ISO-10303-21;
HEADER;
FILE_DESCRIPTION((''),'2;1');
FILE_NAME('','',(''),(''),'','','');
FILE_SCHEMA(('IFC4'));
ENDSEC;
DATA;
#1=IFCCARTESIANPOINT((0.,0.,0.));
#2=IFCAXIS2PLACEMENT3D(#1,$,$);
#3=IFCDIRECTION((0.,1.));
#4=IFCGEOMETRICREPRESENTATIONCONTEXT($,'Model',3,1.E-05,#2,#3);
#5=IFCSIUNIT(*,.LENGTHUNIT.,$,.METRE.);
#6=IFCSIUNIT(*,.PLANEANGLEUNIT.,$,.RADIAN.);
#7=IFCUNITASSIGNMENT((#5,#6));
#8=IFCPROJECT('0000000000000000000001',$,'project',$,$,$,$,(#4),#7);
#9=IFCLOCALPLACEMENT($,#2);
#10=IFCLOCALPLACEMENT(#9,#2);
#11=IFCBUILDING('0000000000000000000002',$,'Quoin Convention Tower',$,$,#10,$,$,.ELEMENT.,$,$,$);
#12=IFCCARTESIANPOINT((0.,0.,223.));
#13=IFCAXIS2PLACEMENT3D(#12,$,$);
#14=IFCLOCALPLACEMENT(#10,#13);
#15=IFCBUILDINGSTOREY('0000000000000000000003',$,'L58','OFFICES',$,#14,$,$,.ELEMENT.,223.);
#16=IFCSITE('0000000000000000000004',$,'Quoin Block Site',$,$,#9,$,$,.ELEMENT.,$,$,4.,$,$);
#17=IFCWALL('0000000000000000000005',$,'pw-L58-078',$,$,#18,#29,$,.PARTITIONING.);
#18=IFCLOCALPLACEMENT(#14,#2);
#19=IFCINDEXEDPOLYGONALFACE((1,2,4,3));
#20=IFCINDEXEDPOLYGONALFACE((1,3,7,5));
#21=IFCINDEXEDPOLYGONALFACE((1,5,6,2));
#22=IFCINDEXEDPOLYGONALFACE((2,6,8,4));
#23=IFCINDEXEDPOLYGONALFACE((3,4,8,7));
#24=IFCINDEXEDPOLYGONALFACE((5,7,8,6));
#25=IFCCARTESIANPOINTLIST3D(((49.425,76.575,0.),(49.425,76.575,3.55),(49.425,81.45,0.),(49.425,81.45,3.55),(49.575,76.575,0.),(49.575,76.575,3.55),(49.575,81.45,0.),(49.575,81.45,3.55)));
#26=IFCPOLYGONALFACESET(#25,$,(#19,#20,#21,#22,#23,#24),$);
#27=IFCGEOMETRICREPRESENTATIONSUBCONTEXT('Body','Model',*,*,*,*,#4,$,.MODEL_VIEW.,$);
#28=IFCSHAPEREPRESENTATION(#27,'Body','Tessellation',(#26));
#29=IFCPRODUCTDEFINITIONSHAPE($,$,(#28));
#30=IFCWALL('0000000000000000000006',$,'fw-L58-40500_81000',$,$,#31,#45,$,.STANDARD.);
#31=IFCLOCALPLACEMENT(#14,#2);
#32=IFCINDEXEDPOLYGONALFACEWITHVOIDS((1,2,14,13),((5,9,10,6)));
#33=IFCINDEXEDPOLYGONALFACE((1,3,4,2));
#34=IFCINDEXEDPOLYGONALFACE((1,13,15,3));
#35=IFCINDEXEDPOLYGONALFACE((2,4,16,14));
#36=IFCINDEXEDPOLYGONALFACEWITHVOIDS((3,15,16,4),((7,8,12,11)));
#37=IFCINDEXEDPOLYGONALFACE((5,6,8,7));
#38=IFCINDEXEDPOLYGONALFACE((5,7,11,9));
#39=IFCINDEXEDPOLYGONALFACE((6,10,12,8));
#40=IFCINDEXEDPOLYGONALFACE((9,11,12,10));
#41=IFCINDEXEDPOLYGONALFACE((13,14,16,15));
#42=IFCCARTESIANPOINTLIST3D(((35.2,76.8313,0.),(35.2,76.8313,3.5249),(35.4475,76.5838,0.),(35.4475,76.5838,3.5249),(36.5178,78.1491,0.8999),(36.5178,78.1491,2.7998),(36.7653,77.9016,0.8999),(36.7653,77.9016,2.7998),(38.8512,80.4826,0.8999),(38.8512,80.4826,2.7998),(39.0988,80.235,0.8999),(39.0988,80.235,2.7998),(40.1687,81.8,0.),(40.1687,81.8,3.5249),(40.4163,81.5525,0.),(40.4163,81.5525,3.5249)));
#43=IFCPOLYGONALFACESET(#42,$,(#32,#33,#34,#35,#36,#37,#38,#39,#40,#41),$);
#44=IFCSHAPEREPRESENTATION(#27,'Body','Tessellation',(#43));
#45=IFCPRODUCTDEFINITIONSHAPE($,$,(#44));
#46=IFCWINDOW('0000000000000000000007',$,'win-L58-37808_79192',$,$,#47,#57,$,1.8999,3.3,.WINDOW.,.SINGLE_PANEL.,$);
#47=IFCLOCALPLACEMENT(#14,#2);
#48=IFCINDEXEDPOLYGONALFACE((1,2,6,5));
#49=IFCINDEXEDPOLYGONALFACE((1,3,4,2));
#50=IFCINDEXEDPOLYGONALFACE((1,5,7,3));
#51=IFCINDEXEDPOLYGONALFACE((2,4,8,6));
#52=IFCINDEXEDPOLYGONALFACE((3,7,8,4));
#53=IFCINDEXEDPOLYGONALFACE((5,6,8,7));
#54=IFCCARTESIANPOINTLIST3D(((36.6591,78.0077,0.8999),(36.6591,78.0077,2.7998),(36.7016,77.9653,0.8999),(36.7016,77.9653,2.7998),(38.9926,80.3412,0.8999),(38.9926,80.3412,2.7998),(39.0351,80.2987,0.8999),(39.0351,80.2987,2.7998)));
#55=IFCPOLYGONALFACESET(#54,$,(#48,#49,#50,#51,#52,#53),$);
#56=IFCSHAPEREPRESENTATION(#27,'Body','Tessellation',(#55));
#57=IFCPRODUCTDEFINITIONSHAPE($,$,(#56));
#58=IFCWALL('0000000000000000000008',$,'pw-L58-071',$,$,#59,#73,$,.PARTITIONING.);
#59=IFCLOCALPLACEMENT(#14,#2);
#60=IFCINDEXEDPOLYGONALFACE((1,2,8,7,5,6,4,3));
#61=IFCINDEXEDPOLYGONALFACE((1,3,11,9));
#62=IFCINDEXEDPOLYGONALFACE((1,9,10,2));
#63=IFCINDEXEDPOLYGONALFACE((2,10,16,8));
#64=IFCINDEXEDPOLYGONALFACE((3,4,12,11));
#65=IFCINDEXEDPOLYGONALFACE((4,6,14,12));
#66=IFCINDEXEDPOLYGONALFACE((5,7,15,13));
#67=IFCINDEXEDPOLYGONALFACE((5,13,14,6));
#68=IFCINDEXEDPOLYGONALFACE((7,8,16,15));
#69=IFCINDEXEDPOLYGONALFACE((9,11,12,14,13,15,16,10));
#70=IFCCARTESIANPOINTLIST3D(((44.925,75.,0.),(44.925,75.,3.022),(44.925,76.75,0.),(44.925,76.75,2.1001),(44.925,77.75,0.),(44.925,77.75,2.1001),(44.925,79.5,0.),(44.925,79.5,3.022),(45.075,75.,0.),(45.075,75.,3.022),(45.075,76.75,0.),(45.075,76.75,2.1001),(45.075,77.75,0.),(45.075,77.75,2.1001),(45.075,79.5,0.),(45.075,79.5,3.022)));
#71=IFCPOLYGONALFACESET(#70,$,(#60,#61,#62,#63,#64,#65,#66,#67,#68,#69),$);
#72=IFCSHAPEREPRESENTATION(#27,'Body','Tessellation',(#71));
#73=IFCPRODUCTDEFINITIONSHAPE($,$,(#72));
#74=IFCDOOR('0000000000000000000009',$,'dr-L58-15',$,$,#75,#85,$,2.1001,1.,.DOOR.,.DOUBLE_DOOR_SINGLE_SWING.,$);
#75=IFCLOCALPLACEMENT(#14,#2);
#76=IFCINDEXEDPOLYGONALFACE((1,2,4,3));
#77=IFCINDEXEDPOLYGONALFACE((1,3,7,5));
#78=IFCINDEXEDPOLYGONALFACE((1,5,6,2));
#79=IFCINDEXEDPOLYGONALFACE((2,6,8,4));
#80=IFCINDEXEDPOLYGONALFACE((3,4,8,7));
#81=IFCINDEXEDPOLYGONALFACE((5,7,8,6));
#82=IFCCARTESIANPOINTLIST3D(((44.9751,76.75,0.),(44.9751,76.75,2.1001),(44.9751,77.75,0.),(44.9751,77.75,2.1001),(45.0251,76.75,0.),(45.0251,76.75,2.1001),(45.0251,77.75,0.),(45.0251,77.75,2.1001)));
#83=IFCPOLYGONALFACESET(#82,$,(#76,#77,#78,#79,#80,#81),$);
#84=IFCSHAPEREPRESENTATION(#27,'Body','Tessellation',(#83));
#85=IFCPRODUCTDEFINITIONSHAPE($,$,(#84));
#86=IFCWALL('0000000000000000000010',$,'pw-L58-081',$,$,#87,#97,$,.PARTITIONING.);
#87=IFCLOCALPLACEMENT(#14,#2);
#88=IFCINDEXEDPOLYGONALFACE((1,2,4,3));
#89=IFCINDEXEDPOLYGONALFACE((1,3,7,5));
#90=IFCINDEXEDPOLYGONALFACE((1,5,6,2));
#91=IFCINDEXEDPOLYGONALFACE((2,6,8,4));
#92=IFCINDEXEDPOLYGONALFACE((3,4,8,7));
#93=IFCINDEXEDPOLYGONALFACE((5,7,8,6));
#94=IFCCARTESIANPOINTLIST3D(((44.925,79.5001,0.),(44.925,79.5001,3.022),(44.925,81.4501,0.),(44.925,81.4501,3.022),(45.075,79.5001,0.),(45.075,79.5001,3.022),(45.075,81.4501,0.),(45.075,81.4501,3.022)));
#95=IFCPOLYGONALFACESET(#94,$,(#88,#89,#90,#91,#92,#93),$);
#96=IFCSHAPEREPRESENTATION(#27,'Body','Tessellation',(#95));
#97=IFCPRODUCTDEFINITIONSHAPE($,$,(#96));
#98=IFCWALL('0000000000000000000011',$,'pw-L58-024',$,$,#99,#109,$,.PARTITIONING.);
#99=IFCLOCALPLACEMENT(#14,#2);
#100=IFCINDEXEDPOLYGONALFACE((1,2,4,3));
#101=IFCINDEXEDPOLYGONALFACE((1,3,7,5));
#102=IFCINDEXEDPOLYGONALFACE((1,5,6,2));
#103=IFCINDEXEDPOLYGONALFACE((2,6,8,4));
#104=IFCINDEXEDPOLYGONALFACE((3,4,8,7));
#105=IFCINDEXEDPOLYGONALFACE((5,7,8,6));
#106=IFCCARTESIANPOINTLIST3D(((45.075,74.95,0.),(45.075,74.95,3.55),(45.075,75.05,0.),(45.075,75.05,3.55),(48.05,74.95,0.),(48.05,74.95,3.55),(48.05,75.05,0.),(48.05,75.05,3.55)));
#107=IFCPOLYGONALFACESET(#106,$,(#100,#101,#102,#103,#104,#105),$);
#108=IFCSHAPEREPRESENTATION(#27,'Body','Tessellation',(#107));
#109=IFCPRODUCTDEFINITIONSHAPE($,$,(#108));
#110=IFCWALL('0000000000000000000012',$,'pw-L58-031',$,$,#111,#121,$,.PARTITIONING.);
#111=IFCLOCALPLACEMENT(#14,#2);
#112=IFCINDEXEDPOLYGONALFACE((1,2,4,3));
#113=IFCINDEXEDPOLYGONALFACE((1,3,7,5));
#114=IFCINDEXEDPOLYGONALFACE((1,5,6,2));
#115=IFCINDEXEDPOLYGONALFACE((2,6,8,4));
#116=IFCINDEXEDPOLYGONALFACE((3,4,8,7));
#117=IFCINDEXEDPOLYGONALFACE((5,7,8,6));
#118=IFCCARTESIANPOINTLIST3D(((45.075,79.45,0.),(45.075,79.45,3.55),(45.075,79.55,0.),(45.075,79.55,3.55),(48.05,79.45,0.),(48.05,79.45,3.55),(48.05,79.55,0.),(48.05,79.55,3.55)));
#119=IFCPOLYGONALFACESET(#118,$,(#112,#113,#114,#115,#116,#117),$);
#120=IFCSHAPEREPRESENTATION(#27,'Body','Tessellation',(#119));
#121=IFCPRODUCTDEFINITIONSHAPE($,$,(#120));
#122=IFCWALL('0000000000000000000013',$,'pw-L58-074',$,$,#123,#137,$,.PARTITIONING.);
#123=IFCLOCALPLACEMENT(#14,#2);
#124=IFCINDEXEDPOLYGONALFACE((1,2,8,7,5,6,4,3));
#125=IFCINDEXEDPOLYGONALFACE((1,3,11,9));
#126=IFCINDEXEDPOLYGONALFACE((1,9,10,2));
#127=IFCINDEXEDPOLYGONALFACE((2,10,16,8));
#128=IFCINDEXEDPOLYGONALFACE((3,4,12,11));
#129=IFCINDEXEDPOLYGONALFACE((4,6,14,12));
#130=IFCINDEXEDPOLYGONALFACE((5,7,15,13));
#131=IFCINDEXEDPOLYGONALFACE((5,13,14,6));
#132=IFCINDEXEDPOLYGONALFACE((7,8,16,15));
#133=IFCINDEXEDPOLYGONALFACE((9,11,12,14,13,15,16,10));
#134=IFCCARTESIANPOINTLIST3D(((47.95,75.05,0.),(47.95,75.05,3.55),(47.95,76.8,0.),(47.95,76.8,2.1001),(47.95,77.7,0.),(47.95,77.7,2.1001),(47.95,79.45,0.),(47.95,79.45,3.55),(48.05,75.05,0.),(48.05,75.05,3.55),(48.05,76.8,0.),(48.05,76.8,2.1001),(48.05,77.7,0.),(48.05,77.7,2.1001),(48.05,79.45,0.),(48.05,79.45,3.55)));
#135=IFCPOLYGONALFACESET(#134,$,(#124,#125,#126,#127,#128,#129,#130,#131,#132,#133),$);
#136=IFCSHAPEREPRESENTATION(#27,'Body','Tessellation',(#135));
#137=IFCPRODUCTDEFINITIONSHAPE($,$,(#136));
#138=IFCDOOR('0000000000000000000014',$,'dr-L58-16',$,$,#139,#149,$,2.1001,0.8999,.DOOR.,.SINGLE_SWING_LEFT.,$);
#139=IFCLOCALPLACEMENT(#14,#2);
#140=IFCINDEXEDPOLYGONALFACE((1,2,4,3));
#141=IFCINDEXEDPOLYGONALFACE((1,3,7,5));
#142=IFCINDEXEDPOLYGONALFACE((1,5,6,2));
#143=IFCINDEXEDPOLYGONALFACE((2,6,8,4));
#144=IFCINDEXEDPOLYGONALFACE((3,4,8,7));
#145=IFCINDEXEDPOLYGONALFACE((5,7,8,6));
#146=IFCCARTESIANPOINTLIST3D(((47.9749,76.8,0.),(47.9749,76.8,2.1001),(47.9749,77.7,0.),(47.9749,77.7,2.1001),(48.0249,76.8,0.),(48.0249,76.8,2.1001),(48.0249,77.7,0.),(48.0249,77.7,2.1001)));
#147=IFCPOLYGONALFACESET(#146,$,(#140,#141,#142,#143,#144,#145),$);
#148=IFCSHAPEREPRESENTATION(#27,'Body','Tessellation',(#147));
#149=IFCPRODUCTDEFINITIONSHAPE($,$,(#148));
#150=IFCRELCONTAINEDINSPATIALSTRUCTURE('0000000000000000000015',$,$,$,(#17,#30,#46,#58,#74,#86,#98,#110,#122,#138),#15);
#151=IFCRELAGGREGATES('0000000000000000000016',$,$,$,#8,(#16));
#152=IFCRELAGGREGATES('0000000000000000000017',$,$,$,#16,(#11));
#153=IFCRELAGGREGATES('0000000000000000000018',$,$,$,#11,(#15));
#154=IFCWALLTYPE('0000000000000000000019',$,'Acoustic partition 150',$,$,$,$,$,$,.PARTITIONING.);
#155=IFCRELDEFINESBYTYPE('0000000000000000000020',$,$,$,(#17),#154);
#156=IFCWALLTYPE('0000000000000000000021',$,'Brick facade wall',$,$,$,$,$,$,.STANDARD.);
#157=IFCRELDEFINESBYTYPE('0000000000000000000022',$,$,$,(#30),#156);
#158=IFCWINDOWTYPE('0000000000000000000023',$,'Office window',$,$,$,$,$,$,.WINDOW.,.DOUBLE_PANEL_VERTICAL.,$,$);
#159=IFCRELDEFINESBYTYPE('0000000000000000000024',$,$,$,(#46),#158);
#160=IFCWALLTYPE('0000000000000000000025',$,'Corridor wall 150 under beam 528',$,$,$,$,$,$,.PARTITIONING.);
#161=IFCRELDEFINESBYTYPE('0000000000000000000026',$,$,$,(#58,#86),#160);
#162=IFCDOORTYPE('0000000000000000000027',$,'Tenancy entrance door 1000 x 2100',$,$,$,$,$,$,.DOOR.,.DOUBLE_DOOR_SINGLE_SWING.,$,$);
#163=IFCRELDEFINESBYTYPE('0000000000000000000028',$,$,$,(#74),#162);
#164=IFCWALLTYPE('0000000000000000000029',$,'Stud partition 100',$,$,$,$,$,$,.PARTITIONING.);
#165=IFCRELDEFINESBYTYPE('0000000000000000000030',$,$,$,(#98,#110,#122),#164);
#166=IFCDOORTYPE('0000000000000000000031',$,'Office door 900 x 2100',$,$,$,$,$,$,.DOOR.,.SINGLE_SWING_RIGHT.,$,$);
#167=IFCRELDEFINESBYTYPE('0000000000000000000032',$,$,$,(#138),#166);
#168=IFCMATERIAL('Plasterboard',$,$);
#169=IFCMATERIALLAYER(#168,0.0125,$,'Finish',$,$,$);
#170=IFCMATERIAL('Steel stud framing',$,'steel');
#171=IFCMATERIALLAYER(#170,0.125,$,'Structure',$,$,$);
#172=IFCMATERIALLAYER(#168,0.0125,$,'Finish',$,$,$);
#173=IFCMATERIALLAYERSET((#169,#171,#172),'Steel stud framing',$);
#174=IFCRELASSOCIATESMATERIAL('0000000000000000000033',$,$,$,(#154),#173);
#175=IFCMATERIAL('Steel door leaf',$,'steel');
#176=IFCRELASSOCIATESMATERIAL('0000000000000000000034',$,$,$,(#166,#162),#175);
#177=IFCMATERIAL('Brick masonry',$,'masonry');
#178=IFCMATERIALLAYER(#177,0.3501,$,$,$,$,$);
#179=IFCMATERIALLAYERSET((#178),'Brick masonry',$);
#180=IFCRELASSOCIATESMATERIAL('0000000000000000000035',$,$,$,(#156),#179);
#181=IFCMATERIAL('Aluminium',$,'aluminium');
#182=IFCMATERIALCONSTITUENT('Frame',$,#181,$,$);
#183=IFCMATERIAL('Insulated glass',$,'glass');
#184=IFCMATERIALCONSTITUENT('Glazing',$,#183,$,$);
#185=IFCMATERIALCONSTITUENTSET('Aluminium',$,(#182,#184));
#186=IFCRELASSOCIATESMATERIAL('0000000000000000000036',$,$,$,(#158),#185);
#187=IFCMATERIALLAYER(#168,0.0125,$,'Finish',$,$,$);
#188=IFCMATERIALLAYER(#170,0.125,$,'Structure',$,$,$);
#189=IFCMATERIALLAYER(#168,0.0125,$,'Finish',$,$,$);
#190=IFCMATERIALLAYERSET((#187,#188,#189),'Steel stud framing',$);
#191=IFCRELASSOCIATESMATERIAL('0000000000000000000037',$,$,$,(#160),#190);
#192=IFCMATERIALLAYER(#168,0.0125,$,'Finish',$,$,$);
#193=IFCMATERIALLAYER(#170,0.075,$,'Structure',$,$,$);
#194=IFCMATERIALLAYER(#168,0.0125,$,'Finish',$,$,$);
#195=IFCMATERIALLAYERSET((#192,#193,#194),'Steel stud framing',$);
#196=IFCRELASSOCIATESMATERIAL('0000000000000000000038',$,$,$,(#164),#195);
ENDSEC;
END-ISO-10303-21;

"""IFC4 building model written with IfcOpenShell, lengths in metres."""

from ifc_helpers import new_model, si_unit, direction, frame, frame_2d, origin, place, context, subcontext, project, spatial, rectangle, extrude, material, layer, layer_set, constituent, constituent_set, type_object, element, fill, save


model = new_model("IFC4")

# Units and contexts
model_context = context("Model", 3, precision=1e-05, world=origin(), true_north=direction((0.0, 1.0)))
body_context = subcontext(model_context, "Body", "Model", "MODEL_VIEW")
ifc_project = project(units=[si_unit("LENGTHUNIT", "METRE"), si_unit("PLANEANGLEUNIT", "RADIAN")], contexts=[model_context])

# Site, building, storey
site_placement = place(None, origin())
site = spatial("IfcSite", under=ifc_project, at=site_placement, Name="Quoin Block Site", CompositionType="ELEMENT", RefElevation=4.0)
building_placement = place(site_placement, origin())
building = spatial("IfcBuilding", under=site, at=building_placement, Name="Quoin Convention Tower", CompositionType="ELEMENT")
storey_placement = place(building_placement, frame((0.0, 0.0, 223.0)))
storey = spatial("IfcBuildingStorey", under=building, at=storey_placement, Name="L58", Description="OFFICES", CompositionType="ELEMENT", Elevation=223.0)

# Shared definitions
ifc_material_1 = material(Name="Plasterboard")
ifc_layer_1 = layer(ifc_material_1, 0.0125, Name="Finish")
ifc_material_2 = material(Name="Steel stud framing", Category="steel")
ifc_layer_2 = layer(ifc_material_2, 0.125, Name="Structure")
ifc_layer_3 = layer(ifc_material_1, 0.0125, Name="Finish")
ifc_layer_set_1 = layer_set([ifc_layer_1, ifc_layer_2, ifc_layer_3], Name="Steel stud framing")
wall_type_1 = type_object("IfcWallType", Name="Acoustic partition 150", PredefinedType="PARTITIONING", material=ifc_layer_set_1)
ifc_material_3 = material(Name="Steel door leaf", Category="steel")
door_type_1 = type_object("IfcDoorType", Name="Office door 900 x 2100", OperationType="SINGLE_SWING_RIGHT", PredefinedType="DOOR", material=ifc_material_3)

# Wall
wall_1_placement = place(storey_placement, frame((49.5, 76.575, 0.0), z_axis=(0.0, 0.0, 1.0), x_axis=(0.0, 1.0, 0.0)))
element("IfcWall", 1, at=wall_1_placement, inside=storey, type_object=wall_type_1, Name="pw-L58-078", PredefinedType="PARTITIONING", context=body_context, shape_type="SweptSolid", body=[
    extrude(rectangle(XDim=4.875, YDim=0.1499, at=frame_2d((2.4375, 0.0))), origin(), (0.0, 0.0, 1.0), 3.55),
])

# Wall, opening, window
ifc_material_4 = material(Name="Brick masonry", Category="masonry")
ifc_layer_4 = layer(ifc_material_4, 0.3501)
ifc_layer_set_2 = layer_set([ifc_layer_4], Name="Brick masonry")
wall_type_2 = type_object("IfcWallType", Name="Brick facade wall", PredefinedType="STANDARD", material=ifc_layer_set_2)
wall_2_placement = place(storey_placement, frame((40.2925, 81.6763, 0.0), z_axis=(0.0, 0.0, 1.0), x_axis=(-0.707107, -0.707107, 0.0)))
wall_2 = element("IfcWall", 2, at=wall_2_placement, inside=storey, type_object=wall_type_2, Name="fw-L58-40500_81000", PredefinedType="STANDARD", context=body_context, shape_type="SweptSolid", body=[
    extrude(rectangle(XDim=7.0269, YDim=0.3501, at=frame_2d((3.5134, 0.0))), origin(), (0.0, 0.0, 1.0), 3.5249),
])
opening_1_placement = place(wall_2_placement, frame((1.8633, 0.0, 0.8999)))
opening_1 = element("IfcOpeningElement", 3, at=opening_1_placement, cuts=wall_2, PredefinedType="OPENING", context=body_context, shape_type="SweptSolid", body=[
    extrude(rectangle(XDim=3.3, YDim=1.8999, at=frame_2d((1.6499, 0.95))), frame((0.0, 0.1851, 0.0), z_axis=(0.0, -1.0, 0.0), x_axis=(1.0, 0.0, 0.0)), (0.0, 0.0, 1.0), 0.3701),
])
ifc_material_5 = material(Name="Aluminium", Category="aluminium")
ifc_constituent_1 = constituent(ifc_material_5, Name="Frame")
ifc_material_6 = material(Name="Insulated glass", Category="glass")
ifc_constituent_2 = constituent(ifc_material_6, Name="Glazing")
ifc_constituent_set = constituent_set(constituents=[ifc_constituent_1, ifc_constituent_2], Name="Aluminium")
window_type = type_object("IfcWindowType", Name="Office window", PartitioningType="DOUBLE_PANEL_VERTICAL", PredefinedType="WINDOW", material=ifc_constituent_set)
window_placement = place(opening_1_placement, origin())
window = element("IfcWindow", 4, at=window_placement, inside=storey, type_object=window_type, Name="win-L58-37808_79192", OverallHeight=1.8999, OverallWidth=3.3, PartitioningType="SINGLE_PANEL", PredefinedType="WINDOW", context=body_context, shape_type="SweptSolid", body=[
    extrude(rectangle(XDim=3.3, YDim=1.8999, at=frame_2d((1.6499, 0.95))), frame((0.0, 0.085, 0.0), z_axis=(0.0, -1.0, 0.0), x_axis=(1.0, 0.0, 0.0)), (0.0, 0.0, 1.0), 0.0601),
])
fill(opening_1, window)

# Wall, opening, door
ifc_layer_5 = layer(ifc_material_1, 0.0125, Name="Finish")
ifc_layer_6 = layer(ifc_material_2, 0.125, Name="Structure")
ifc_layer_7 = layer(ifc_material_1, 0.0125, Name="Finish")
ifc_layer_set_3 = layer_set([ifc_layer_5, ifc_layer_6, ifc_layer_7], Name="Steel stud framing")
wall_type_3 = type_object("IfcWallType", Name="Corridor wall 150 under beam 528", PredefinedType="PARTITIONING", material=ifc_layer_set_3)
wall_3_placement = place(storey_placement, frame((45.0, 75.0, 0.0), z_axis=(0.0, 0.0, 1.0), x_axis=(0.0, 1.0, 0.0)))
wall_3 = element("IfcWall", 5, at=wall_3_placement, inside=storey, type_object=wall_type_3, Name="pw-L58-071", PredefinedType="PARTITIONING", context=body_context, shape_type="SweptSolid", body=[
    extrude(rectangle(XDim=4.5, YDim=0.1499, at=frame_2d((2.25, 0.0))), origin(), (0.0, 0.0, 1.0), 3.022),
])
opening_2_placement = place(wall_3_placement, frame((1.75, 0.0, 0.0)))
opening_2 = element("IfcOpeningElement", 6, at=opening_2_placement, cuts=wall_3, PredefinedType="OPENING", context=body_context, shape_type="SweptSolid", body=[
    extrude(rectangle(XDim=1.0, YDim=2.1001, at=frame_2d((0.5, 1.05))), frame((0.0, 0.085, 0.0), z_axis=(0.0, -1.0, 0.0), x_axis=(1.0, 0.0, 0.0)), (0.0, 0.0, 1.0), 0.1699),
])
door_type_2 = type_object("IfcDoorType", Name="Tenancy entrance door 1000 x 2100", OperationType="DOUBLE_DOOR_SINGLE_SWING", PredefinedType="DOOR", material=ifc_material_3)
door_1_placement = place(opening_2_placement, origin())
door_1 = element("IfcDoor", 7, at=door_1_placement, inside=storey, type_object=door_type_2, Name="dr-L58-15", OperationType="DOUBLE_DOOR_SINGLE_SWING", OverallHeight=2.1001, OverallWidth=1.0, PredefinedType="DOOR", context=body_context, shape_type="SweptSolid", body=[
    extrude(rectangle(XDim=1.0, YDim=2.1001, at=frame_2d((0.5, 1.05))), frame((0.0, 0.0249, 0.0), z_axis=(0.0, -1.0, 0.0), x_axis=(1.0, 0.0, 0.0)), (0.0, 0.0, 1.0), 0.05),
])
fill(opening_2, door_1)

# Walls
wall_4_placement = place(storey_placement, frame((45.0, 79.5, 0.0), z_axis=(0.0, 0.0, 1.0), x_axis=(0.0, 1.0, 0.0)))
element("IfcWall", 8, at=wall_4_placement, inside=storey, type_object=wall_type_3, Name="pw-L58-081", PredefinedType="PARTITIONING", context=body_context, shape_type="SweptSolid", body=[
    extrude(rectangle(XDim=1.95, YDim=0.1499, at=frame_2d((0.9751, 0.0))), origin(), (0.0, 0.0, 1.0), 3.022),
])
ifc_layer_8 = layer(ifc_material_1, 0.0125, Name="Finish")
ifc_layer_9 = layer(ifc_material_2, 0.075, Name="Structure")
ifc_layer_10 = layer(ifc_material_1, 0.0125, Name="Finish")
ifc_layer_set_4 = layer_set([ifc_layer_8, ifc_layer_9, ifc_layer_10], Name="Steel stud framing")
wall_type_4 = type_object("IfcWallType", Name="Stud partition 100", PredefinedType="PARTITIONING", material=ifc_layer_set_4)
for number, where, z_axis, x_axis, name in (
    (9, (45.075, 75.0, 0.0), (0.0, 0.0, 1.0), (1.0, 0.0, 0.0), "pw-L58-024"),
    (10, (45.075, 79.5, 0.0), (0.0, 0.0, 1.0), (1.0, 0.0, 0.0), "pw-L58-031"),
):
    element("IfcWall", number, at=place(storey_placement, frame(where, z_axis=z_axis, x_axis=x_axis)), inside=storey, type_object=wall_type_4, Name=name, PredefinedType="PARTITIONING", context=body_context, shape_type="SweptSolid", body=[
        extrude(rectangle(XDim=2.9751, YDim=0.1001, at=frame_2d((1.4875, 0.0))), origin(), (0.0, 0.0, 1.0), 3.55),
    ])

# Wall, opening, door
wall_5_placement = place(storey_placement, frame((48.0, 75.05, 0.0), z_axis=(0.0, 0.0, 1.0), x_axis=(0.0, 1.0, 0.0)))
wall_5 = element("IfcWall", 11, at=wall_5_placement, inside=storey, type_object=wall_type_4, Name="pw-L58-074", PredefinedType="PARTITIONING", context=body_context, shape_type="SweptSolid", body=[
    extrude(rectangle(XDim=4.3999, YDim=0.1001, at=frame_2d((2.2, 0.0))), origin(), (0.0, 0.0, 1.0), 3.55),
])
opening_3_placement = place(wall_5_placement, frame((1.75, 0.0, 0.0)))
opening_3 = element("IfcOpeningElement", 12, at=opening_3_placement, cuts=wall_5, PredefinedType="OPENING", context=body_context, shape_type="SweptSolid", body=[
    extrude(rectangle(XDim=0.8999, YDim=2.1001, at=frame_2d((0.45, 1.05))), frame((0.0, 0.0601, 0.0), z_axis=(0.0, -1.0, 0.0), x_axis=(1.0, 0.0, 0.0)), (0.0, 0.0, 1.0), 0.1201),
])
door_2_placement = place(opening_3_placement, frame((0.8999, 0.0, 0.0), z_axis=(0.0, 0.0, 1.0), x_axis=(-1.0, 0.0, 0.0)))
door_2 = element("IfcDoor", 13, at=door_2_placement, inside=storey, type_object=door_type_1, Name="dr-L58-16", OperationType="SINGLE_SWING_LEFT", OverallHeight=2.1001, OverallWidth=0.8999, PredefinedType="DOOR", context=body_context, shape_type="SweptSolid", body=[
    extrude(rectangle(XDim=0.8999, YDim=2.1001, at=frame_2d((0.45, 1.05))), frame((0.0, 0.0249, 0.0), z_axis=(0.0, -1.0, 0.0), x_axis=(1.0, 0.0, 0.0)), (0.0, 0.0, 1.0), 0.05),
])
fill(opening_3, door_2)

save(model, "model.ifc")
